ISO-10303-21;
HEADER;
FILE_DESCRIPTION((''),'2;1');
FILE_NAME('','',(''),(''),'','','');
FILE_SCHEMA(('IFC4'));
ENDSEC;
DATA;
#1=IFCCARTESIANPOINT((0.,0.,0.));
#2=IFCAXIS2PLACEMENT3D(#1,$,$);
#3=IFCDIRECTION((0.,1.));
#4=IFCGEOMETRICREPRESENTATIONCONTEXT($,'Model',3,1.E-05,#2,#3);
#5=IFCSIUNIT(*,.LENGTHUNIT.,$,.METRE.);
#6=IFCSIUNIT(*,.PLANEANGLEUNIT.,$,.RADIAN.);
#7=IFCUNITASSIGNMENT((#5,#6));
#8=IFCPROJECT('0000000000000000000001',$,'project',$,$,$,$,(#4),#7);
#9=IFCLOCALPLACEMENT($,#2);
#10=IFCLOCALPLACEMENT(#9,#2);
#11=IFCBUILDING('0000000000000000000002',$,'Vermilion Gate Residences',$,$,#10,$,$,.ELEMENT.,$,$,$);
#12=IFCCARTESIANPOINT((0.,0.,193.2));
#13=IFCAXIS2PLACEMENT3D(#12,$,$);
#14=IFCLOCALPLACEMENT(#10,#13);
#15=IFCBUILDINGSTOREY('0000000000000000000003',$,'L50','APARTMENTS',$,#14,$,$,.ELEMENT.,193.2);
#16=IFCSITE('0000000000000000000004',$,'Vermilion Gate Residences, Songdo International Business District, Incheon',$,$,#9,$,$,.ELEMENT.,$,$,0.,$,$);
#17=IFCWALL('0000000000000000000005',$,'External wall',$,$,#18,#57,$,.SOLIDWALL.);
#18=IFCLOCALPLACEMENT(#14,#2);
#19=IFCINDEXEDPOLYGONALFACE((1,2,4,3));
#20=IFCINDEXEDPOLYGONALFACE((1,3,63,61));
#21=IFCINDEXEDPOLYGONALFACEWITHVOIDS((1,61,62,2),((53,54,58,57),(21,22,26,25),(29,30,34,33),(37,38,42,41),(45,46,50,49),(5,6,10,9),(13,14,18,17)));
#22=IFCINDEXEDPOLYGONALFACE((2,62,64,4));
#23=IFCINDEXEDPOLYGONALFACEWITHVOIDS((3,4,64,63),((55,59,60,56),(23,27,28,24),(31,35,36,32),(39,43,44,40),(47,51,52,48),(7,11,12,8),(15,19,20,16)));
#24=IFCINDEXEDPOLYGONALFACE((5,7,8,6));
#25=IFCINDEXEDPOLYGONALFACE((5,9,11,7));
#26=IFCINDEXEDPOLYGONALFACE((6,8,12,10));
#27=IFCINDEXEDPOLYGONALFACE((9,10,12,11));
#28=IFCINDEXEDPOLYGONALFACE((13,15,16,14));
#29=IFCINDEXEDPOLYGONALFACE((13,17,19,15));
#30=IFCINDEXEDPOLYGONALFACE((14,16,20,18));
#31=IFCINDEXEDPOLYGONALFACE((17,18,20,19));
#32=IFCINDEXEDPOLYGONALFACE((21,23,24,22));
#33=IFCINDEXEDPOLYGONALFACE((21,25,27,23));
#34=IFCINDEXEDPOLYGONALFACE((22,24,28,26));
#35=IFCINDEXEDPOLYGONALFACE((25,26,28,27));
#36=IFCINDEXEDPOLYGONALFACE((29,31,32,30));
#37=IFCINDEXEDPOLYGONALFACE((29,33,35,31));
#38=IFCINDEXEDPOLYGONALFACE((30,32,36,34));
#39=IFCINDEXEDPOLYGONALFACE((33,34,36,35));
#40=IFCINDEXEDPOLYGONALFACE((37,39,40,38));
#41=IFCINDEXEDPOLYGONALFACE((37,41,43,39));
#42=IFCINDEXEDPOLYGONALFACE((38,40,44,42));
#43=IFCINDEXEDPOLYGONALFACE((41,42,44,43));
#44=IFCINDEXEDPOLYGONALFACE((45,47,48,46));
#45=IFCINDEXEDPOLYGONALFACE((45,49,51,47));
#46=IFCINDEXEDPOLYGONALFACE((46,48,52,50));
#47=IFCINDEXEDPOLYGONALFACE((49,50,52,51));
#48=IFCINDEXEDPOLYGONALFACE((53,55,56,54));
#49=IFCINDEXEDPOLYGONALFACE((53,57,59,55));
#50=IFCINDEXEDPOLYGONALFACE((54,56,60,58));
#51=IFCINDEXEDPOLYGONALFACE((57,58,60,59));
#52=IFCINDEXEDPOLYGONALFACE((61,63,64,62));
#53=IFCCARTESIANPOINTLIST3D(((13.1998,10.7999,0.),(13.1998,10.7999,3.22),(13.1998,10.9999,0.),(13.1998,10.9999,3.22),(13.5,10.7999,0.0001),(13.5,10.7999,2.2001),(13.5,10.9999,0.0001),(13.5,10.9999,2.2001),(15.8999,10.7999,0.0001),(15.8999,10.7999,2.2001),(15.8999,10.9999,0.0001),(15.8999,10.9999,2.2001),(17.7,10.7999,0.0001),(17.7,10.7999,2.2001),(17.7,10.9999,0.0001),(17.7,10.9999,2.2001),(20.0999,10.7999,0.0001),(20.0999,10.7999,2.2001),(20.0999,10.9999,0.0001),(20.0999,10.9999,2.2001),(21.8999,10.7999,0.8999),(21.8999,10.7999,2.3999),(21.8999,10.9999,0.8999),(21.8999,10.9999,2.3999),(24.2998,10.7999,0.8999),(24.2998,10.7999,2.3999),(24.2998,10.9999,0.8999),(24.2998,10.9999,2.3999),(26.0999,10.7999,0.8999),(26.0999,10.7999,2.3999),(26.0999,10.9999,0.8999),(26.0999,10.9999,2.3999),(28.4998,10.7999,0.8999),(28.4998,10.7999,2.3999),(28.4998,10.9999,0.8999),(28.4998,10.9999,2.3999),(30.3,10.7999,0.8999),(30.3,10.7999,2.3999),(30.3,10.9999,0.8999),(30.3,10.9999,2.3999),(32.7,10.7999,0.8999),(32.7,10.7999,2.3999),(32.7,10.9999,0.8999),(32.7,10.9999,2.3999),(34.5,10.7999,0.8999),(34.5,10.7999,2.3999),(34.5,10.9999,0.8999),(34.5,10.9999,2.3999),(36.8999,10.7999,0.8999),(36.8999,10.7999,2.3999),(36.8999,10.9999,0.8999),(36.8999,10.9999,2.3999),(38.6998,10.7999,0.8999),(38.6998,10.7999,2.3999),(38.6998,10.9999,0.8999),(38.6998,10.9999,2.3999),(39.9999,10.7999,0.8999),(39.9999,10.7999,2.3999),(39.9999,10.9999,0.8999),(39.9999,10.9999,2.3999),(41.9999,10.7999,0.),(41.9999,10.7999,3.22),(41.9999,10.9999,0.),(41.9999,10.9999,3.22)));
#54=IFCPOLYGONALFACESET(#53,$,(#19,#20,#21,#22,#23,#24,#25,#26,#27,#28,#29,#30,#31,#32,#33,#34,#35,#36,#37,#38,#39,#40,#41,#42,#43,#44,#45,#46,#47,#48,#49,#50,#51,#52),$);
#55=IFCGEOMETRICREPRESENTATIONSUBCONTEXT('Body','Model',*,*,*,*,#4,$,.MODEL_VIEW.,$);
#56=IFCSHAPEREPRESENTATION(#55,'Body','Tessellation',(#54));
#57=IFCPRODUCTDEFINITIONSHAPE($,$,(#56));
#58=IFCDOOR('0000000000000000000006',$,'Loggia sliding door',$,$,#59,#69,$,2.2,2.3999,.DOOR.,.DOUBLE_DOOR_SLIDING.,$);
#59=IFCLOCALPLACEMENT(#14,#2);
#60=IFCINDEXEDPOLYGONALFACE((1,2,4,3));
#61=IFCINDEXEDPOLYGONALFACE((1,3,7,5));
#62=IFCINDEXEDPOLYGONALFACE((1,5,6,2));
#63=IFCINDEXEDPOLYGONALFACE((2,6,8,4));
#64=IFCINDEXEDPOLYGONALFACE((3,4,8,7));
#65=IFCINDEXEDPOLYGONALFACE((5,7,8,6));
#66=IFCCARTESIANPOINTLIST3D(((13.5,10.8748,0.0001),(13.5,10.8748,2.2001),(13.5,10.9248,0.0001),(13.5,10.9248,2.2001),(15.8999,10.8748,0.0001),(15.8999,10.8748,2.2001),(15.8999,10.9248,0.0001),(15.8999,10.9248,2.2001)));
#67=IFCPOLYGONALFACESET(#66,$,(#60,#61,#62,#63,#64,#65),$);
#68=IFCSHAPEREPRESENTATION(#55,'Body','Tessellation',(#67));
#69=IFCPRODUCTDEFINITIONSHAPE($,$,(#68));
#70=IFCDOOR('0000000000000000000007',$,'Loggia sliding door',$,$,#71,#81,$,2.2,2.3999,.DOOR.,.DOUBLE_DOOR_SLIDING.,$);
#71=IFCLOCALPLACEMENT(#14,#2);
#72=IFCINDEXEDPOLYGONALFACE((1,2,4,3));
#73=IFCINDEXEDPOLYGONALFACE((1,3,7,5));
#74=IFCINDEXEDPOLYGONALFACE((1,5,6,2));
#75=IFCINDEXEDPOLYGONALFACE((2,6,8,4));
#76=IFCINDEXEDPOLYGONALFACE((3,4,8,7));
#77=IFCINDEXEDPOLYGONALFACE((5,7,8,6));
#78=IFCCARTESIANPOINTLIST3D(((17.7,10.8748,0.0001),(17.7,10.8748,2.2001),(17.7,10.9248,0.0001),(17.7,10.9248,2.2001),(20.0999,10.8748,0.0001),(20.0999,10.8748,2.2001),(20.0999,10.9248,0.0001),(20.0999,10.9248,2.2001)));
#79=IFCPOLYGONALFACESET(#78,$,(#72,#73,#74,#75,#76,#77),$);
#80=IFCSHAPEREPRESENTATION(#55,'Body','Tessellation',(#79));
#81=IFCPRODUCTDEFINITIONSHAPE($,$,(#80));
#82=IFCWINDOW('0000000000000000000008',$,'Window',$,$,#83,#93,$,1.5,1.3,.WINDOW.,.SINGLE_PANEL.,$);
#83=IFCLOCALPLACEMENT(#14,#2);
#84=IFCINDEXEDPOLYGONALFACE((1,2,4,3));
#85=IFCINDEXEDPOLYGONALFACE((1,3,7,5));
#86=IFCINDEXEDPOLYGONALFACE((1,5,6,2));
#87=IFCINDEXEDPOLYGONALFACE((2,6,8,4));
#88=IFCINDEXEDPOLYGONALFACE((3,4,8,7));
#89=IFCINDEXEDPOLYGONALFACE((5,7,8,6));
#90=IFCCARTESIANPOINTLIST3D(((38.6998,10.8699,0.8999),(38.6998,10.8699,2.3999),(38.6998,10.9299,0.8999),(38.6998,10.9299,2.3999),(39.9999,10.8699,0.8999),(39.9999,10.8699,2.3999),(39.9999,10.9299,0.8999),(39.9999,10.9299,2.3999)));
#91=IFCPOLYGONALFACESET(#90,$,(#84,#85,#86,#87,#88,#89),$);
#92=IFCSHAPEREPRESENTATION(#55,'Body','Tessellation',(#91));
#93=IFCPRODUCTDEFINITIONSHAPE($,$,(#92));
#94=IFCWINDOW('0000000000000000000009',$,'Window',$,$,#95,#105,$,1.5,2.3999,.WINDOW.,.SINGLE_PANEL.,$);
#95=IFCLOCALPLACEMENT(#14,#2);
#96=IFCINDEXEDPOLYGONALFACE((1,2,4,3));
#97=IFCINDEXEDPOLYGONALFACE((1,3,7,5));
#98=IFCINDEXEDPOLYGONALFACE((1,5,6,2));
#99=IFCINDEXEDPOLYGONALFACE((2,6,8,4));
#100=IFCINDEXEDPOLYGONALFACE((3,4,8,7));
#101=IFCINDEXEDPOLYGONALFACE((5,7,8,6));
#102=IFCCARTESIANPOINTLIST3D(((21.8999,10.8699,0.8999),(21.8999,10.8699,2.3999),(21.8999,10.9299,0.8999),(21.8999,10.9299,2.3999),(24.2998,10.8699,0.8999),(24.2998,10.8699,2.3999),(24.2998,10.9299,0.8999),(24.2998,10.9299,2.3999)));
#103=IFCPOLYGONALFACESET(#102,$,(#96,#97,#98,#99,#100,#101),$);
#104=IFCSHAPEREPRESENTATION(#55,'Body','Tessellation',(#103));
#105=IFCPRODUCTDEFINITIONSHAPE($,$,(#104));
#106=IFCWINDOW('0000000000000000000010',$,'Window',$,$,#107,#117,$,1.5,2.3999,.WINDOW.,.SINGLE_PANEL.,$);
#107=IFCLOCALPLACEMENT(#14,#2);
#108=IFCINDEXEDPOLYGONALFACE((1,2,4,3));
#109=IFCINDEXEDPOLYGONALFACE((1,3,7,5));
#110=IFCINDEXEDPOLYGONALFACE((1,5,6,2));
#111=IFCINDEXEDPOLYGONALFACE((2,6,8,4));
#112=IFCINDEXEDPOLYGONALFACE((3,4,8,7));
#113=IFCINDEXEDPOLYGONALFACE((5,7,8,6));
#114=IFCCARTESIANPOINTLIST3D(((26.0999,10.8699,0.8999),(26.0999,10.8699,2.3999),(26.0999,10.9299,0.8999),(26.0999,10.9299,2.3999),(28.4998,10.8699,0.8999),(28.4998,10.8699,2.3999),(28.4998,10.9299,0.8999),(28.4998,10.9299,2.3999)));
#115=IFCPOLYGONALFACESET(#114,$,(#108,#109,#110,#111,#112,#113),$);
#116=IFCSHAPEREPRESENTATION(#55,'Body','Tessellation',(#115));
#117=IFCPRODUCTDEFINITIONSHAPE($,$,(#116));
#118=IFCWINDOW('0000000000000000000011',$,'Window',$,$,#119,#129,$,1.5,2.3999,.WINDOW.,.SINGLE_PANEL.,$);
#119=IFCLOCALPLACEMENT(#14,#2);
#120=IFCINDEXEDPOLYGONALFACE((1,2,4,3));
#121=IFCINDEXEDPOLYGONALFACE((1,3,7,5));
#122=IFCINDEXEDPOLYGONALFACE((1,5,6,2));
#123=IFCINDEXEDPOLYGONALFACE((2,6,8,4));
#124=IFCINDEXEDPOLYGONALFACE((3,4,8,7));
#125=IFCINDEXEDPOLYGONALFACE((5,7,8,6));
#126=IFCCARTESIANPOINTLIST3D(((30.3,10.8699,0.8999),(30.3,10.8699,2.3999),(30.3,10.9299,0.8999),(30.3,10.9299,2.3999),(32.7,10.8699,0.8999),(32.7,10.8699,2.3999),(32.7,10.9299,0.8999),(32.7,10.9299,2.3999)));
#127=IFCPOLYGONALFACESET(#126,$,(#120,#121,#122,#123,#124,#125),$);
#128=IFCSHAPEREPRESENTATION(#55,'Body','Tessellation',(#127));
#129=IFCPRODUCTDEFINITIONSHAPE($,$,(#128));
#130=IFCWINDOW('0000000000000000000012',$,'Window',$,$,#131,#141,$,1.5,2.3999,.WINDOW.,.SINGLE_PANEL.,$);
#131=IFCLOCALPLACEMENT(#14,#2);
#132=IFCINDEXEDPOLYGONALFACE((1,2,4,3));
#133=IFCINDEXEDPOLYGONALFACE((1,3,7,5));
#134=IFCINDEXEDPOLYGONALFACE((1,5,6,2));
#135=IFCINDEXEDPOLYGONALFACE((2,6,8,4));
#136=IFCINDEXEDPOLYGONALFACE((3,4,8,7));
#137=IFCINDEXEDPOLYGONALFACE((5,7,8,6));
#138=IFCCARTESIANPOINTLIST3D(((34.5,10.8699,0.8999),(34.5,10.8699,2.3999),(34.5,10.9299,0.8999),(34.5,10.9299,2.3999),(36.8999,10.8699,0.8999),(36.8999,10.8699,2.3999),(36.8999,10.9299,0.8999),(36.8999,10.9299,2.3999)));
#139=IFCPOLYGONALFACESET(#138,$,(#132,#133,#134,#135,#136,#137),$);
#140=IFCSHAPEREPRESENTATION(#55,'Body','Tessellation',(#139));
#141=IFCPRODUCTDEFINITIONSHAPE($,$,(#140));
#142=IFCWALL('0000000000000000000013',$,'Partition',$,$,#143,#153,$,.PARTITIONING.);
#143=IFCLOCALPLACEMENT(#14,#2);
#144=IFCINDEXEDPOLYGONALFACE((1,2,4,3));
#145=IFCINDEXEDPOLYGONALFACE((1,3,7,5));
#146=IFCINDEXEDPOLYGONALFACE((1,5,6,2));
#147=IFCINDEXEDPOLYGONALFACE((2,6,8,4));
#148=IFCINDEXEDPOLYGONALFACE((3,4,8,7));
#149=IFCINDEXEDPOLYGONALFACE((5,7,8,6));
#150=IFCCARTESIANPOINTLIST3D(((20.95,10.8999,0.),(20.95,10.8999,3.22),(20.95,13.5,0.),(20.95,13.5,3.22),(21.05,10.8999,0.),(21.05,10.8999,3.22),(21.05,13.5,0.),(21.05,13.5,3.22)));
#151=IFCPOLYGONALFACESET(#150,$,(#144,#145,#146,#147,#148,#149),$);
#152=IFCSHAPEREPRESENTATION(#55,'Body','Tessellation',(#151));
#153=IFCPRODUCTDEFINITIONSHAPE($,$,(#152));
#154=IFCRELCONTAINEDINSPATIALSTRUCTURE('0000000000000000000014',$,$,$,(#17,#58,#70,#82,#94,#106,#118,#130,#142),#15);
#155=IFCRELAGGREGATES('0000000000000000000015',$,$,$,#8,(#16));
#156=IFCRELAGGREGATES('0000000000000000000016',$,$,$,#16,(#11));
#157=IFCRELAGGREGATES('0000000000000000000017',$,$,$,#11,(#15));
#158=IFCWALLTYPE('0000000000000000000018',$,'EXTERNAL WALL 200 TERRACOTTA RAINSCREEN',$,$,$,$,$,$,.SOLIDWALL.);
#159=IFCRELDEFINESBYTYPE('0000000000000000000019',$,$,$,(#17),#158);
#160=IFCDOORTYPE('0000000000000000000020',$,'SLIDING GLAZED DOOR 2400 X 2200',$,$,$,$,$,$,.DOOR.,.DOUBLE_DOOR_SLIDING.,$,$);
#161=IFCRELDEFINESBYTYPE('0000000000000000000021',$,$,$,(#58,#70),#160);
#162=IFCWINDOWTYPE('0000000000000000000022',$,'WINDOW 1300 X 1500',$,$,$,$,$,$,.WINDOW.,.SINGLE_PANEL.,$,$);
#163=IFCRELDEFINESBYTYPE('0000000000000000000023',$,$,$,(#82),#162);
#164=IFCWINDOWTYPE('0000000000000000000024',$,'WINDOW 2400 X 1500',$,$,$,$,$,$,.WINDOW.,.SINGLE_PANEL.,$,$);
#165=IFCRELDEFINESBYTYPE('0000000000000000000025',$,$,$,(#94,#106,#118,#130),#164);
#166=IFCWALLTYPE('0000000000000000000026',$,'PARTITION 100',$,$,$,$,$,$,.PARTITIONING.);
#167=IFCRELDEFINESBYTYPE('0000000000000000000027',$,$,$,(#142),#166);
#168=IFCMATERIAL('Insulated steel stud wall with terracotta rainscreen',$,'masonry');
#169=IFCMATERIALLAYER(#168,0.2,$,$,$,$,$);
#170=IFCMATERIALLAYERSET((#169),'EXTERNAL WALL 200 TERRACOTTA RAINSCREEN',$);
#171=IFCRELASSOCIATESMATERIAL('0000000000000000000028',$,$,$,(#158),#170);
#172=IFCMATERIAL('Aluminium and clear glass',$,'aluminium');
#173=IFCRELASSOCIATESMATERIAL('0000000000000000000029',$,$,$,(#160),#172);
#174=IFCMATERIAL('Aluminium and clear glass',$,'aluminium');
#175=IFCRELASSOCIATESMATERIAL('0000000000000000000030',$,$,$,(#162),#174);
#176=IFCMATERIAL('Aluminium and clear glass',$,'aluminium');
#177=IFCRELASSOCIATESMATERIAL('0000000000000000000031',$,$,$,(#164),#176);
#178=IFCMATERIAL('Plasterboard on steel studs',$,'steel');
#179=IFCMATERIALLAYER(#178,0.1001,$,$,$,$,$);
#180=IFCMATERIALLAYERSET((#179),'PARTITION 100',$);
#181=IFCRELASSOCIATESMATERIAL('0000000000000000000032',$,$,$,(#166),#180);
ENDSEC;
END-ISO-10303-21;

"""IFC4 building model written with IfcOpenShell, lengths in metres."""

from ifc_helpers import new_model, si_unit, direction, frame, frame_2d, origin, place, context, subcontext, project, spatial, rectangle, extrude, material, layer, layer_set, type_object, element, fill, save


model = new_model("IFC4")

# Units and contexts
model_context = context("Model", 3, precision=1e-05, world=origin(), true_north=direction((0.0, 1.0)))
body_context = subcontext(model_context, "Body", "Model", "MODEL_VIEW")
ifc_project = project(units=[si_unit("LENGTHUNIT", "METRE"), si_unit("PLANEANGLEUNIT", "RADIAN")], contexts=[model_context])

# Site, building, storey
site_placement = place(None, origin())
site = spatial("IfcSite", under=ifc_project, at=site_placement, Name="Vermilion Gate Residences, Songdo International Business District, Incheon", CompositionType="ELEMENT", RefElevation=0.0)
building_placement = place(site_placement, origin())
building = spatial("IfcBuilding", under=site, at=building_placement, Name="Vermilion Gate Residences", CompositionType="ELEMENT")
storey_placement = place(building_placement, frame((0.0, 0.0, 193.2)))
storey = spatial("IfcBuildingStorey", under=building, at=storey_placement, Name="L50", Description="APARTMENTS", CompositionType="ELEMENT", Elevation=193.2)

# Shared definitions
ifc_material_1 = material(Name="Insulated steel stud wall with terracotta rainscreen", Category="masonry")
ifc_layer_1 = layer(ifc_material_1, 0.2)
ifc_layer_set_1 = layer_set([ifc_layer_1], Name="EXTERNAL WALL 200 TERRACOTTA RAINSCREEN")
wall_type_1 = type_object("IfcWallType", Name="EXTERNAL WALL 200 TERRACOTTA RAINSCREEN", PredefinedType="SOLIDWALL", material=ifc_layer_set_1)

# Wall, openings, doors, windows
wall_1_placement = place(storey_placement, frame((13.2, 10.8999, 0.0), z_axis=(0.0, 0.0, 1.0), x_axis=(1.0, 0.0, 0.0)))
wall_1 = element("IfcWall", 1, at=wall_1_placement, inside=storey, type_object=wall_type_1, Name="External wall", PredefinedType="SOLIDWALL", context=body_context, shape_type="SweptSolid", body=[
    extrude(rectangle(XDim=28.8, YDim=0.2, at=frame_2d((14.3999, 0.0))), origin(), (0.0, 0.0, 1.0), 3.22),
])
opening_1_placement = place(wall_1_placement, frame((0.3, 0.0, 0.0)))
opening_1 = element("IfcOpeningElement", 2, at=opening_1_placement, cuts=wall_1, PredefinedType="OPENING", context=body_context, shape_type="SweptSolid", body=[
    extrude(rectangle(XDim=2.3999, YDim=2.2, at=frame_2d((1.2, 1.1001))), frame((0.0, 0.1099, 0.0), z_axis=(0.0, -1.0, 0.0), x_axis=(1.0, 0.0, 0.0)), (0.0, 0.0, 1.0), 0.22),
])
opening_2_placement = place(wall_1_placement, frame((4.5, 0.0, 0.0)))
opening_2 = element("IfcOpeningElement", 3, at=opening_2_placement, cuts=wall_1, PredefinedType="OPENING", context=body_context, shape_type="SweptSolid", body=[
    extrude(rectangle(XDim=2.3999, YDim=2.2, at=frame_2d((1.2, 1.1001))), frame((0.0, 0.1099, 0.0), z_axis=(0.0, -1.0, 0.0), x_axis=(1.0, 0.0, 0.0)), (0.0, 0.0, 1.0), 0.22),
])
opening_3_placement = place(wall_1_placement, frame((8.7, 0.0, 0.8999)))
opening_3 = element("IfcOpeningElement", 4, at=opening_3_placement, cuts=wall_1, PredefinedType="OPENING", context=body_context, shape_type="SweptSolid", body=[
    extrude(rectangle(XDim=2.3999, YDim=1.5, at=frame_2d((1.2, 0.75))), frame((0.0, 0.1099, 0.0), z_axis=(0.0, -1.0, 0.0), x_axis=(1.0, 0.0, 0.0)), (0.0, 0.0, 1.0), 0.22),
])
opening_4_placement = place(wall_1_placement, frame((12.8999, 0.0, 0.8999)))
opening_4 = element("IfcOpeningElement", 5, at=opening_4_placement, cuts=wall_1, PredefinedType="OPENING", context=body_context, shape_type="SweptSolid", body=[
    extrude(rectangle(XDim=2.3999, YDim=1.5, at=frame_2d((1.2, 0.75))), frame((0.0, 0.1099, 0.0), z_axis=(0.0, -1.0, 0.0), x_axis=(1.0, 0.0, 0.0)), (0.0, 0.0, 1.0), 0.22),
])
opening_5_placement = place(wall_1_placement, frame((17.1001, 0.0, 0.8999)))
opening_5 = element("IfcOpeningElement", 6, at=opening_5_placement, cuts=wall_1, PredefinedType="OPENING", context=body_context, shape_type="SweptSolid", body=[
    extrude(rectangle(XDim=2.3999, YDim=1.5, at=frame_2d((1.2, 0.75))), frame((0.0, 0.1099, 0.0), z_axis=(0.0, -1.0, 0.0), x_axis=(1.0, 0.0, 0.0)), (0.0, 0.0, 1.0), 0.22),
])
opening_6_placement = place(wall_1_placement, frame((21.3, 0.0, 0.8999)))
opening_6 = element("IfcOpeningElement", 7, at=opening_6_placement, cuts=wall_1, PredefinedType="OPENING", context=body_context, shape_type="SweptSolid", body=[
    extrude(rectangle(XDim=2.3999, YDim=1.5, at=frame_2d((1.2, 0.75))), frame((0.0, 0.1099, 0.0), z_axis=(0.0, -1.0, 0.0), x_axis=(1.0, 0.0, 0.0)), (0.0, 0.0, 1.0), 0.22),
])
opening_7_placement = place(wall_1_placement, frame((25.5, 0.0, 0.8999)))
opening_7 = element("IfcOpeningElement", 8, at=opening_7_placement, cuts=wall_1, PredefinedType="OPENING", context=body_context, shape_type="SweptSolid", body=[
    extrude(rectangle(XDim=1.3, YDim=1.5, at=frame_2d((0.6499, 0.75))), frame((0.0, 0.1099, 0.0), z_axis=(0.0, -1.0, 0.0), x_axis=(1.0, 0.0, 0.0)), (0.0, 0.0, 1.0), 0.22),
])
ifc_material_2 = material(Name="Aluminium and clear glass", Category="aluminium")
door_type_1 = type_object("IfcDoorType", Name="SLIDING GLAZED DOOR 2400 X 2200", OperationType="DOUBLE_DOOR_SLIDING", PredefinedType="DOOR", material=ifc_material_2)
door_1_placement = place(opening_1_placement, origin())
door_1 = element("IfcDoor", 9, at=door_1_placement, inside=storey, type_object=door_type_1, Name="Loggia sliding door", OperationType="DOUBLE_DOOR_SLIDING", OverallHeight=2.2, OverallWidth=2.3999, PredefinedType="DOOR", context=body_context, shape_type="SweptSolid", body=[
    extrude(rectangle(XDim=2.3999, YDim=2.2, at=frame_2d((1.2, 1.1001))), frame((0.0, 0.0249, 0.0), z_axis=(0.0, -1.0, 0.0), x_axis=(1.0, 0.0, 0.0)), (0.0, 0.0, 1.0), 0.05),
])
fill(opening_1, door_1)
door_2_placement = place(opening_2_placement, origin())
door_2 = element("IfcDoor", 10, at=door_2_placement, inside=storey, type_object=door_type_1, Name="Loggia sliding door", OperationType="DOUBLE_DOOR_SLIDING", OverallHeight=2.2, OverallWidth=2.3999, PredefinedType="DOOR", context=body_context, shape_type="SweptSolid", body=[
    extrude(rectangle(XDim=2.3999, YDim=2.2, at=frame_2d((1.2, 1.1001))), frame((0.0, 0.0249, 0.0), z_axis=(0.0, -1.0, 0.0), x_axis=(1.0, 0.0, 0.0)), (0.0, 0.0, 1.0), 0.05),
])
fill(opening_2, door_2)
ifc_material_3 = material(Name="Aluminium and clear glass", Category="aluminium")
window_type_1 = type_object("IfcWindowType", Name="WINDOW 1300 X 1500", PartitioningType="SINGLE_PANEL", PredefinedType="WINDOW", material=ifc_material_3)
window_1_placement = place(opening_7_placement, origin())
window_1 = element("IfcWindow", 11, at=window_1_placement, inside=storey, type_object=window_type_1, Name="Window", OverallHeight=1.5, OverallWidth=1.3, PartitioningType="SINGLE_PANEL", PredefinedType="WINDOW", context=body_context, shape_type="SweptSolid", body=[
    extrude(rectangle(XDim=1.3, YDim=1.5, at=frame_2d((0.6499, 0.75))), frame((0.0, 0.03, 0.0), z_axis=(0.0, -1.0, 0.0), x_axis=(1.0, 0.0, 0.0)), (0.0, 0.0, 1.0), 0.0601),
])
fill(opening_7, window_1)
ifc_material_4 = material(Name="Aluminium and clear glass", Category="aluminium")
window_type_2 = type_object("IfcWindowType", Name="WINDOW 2400 X 1500", PartitioningType="SINGLE_PANEL", PredefinedType="WINDOW", material=ifc_material_4)
window_2_placement = place(opening_3_placement, origin())
window_2 = element("IfcWindow", 12, at=window_2_placement, inside=storey, type_object=window_type_2, Name="Window", OverallHeight=1.5, OverallWidth=2.3999, PartitioningType="SINGLE_PANEL", PredefinedType="WINDOW", context=body_context, shape_type="SweptSolid", body=[
    extrude(rectangle(XDim=2.3999, YDim=1.5, at=frame_2d((1.2, 0.75))), frame((0.0, 0.03, 0.0), z_axis=(0.0, -1.0, 0.0), x_axis=(1.0, 0.0, 0.0)), (0.0, 0.0, 1.0), 0.0601),
])
fill(opening_3, window_2)
window_3_placement = place(opening_4_placement, origin())
window_3 = element("IfcWindow", 13, at=window_3_placement, inside=storey, type_object=window_type_2, Name="Window", OverallHeight=1.5, OverallWidth=2.3999, PartitioningType="SINGLE_PANEL", PredefinedType="WINDOW", context=body_context, shape_type="SweptSolid", body=[
    extrude(rectangle(XDim=2.3999, YDim=1.5, at=frame_2d((1.2, 0.75))), frame((0.0, 0.03, 0.0), z_axis=(0.0, -1.0, 0.0), x_axis=(1.0, 0.0, 0.0)), (0.0, 0.0, 1.0), 0.0601),
])
fill(opening_4, window_3)
window_4_placement = place(opening_5_placement, origin())
window_4 = element("IfcWindow", 14, at=window_4_placement, inside=storey, type_object=window_type_2, Name="Window", OverallHeight=1.5, OverallWidth=2.3999, PartitioningType="SINGLE_PANEL", PredefinedType="WINDOW", context=body_context, shape_type="SweptSolid", body=[
    extrude(rectangle(XDim=2.3999, YDim=1.5, at=frame_2d((1.2, 0.75))), frame((0.0, 0.03, 0.0), z_axis=(0.0, -1.0, 0.0), x_axis=(1.0, 0.0, 0.0)), (0.0, 0.0, 1.0), 0.0601),
])
fill(opening_5, window_4)
window_5_placement = place(opening_6_placement, origin())
window_5 = element("IfcWindow", 15, at=window_5_placement, inside=storey, type_object=window_type_2, Name="Window", OverallHeight=1.5, OverallWidth=2.3999, PartitioningType="SINGLE_PANEL", PredefinedType="WINDOW", context=body_context, shape_type="SweptSolid", body=[
    extrude(rectangle(XDim=2.3999, YDim=1.5, at=frame_2d((1.2, 0.75))), frame((0.0, 0.03, 0.0), z_axis=(0.0, -1.0, 0.0), x_axis=(1.0, 0.0, 0.0)), (0.0, 0.0, 1.0), 0.0601),
])
fill(opening_6, window_5)

# Wall
ifc_material_5 = material(Name="Plasterboard on steel studs", Category="steel")
ifc_layer_2 = layer(ifc_material_5, 0.1001)
ifc_layer_set_2 = layer_set([ifc_layer_2], Name="PARTITION 100")
wall_type_2 = type_object("IfcWallType", Name="PARTITION 100", PredefinedType="PARTITIONING", material=ifc_layer_set_2)
wall_2_placement = place(storey_placement, frame((21.0, 10.8999, 0.0), z_axis=(0.0, 0.0, 1.0), x_axis=(0.0, 1.0, 0.0)))
element("IfcWall", 16, at=wall_2_placement, inside=storey, type_object=wall_type_2, Name="Partition", PredefinedType="PARTITIONING", context=body_context, shape_type="SweptSolid", body=[
    extrude(rectangle(XDim=2.6001, YDim=0.1001, at=frame_2d((1.3, 0.0))), origin(), (0.0, 0.0, 1.0), 3.22),
])

save(model, "model.ifc")
